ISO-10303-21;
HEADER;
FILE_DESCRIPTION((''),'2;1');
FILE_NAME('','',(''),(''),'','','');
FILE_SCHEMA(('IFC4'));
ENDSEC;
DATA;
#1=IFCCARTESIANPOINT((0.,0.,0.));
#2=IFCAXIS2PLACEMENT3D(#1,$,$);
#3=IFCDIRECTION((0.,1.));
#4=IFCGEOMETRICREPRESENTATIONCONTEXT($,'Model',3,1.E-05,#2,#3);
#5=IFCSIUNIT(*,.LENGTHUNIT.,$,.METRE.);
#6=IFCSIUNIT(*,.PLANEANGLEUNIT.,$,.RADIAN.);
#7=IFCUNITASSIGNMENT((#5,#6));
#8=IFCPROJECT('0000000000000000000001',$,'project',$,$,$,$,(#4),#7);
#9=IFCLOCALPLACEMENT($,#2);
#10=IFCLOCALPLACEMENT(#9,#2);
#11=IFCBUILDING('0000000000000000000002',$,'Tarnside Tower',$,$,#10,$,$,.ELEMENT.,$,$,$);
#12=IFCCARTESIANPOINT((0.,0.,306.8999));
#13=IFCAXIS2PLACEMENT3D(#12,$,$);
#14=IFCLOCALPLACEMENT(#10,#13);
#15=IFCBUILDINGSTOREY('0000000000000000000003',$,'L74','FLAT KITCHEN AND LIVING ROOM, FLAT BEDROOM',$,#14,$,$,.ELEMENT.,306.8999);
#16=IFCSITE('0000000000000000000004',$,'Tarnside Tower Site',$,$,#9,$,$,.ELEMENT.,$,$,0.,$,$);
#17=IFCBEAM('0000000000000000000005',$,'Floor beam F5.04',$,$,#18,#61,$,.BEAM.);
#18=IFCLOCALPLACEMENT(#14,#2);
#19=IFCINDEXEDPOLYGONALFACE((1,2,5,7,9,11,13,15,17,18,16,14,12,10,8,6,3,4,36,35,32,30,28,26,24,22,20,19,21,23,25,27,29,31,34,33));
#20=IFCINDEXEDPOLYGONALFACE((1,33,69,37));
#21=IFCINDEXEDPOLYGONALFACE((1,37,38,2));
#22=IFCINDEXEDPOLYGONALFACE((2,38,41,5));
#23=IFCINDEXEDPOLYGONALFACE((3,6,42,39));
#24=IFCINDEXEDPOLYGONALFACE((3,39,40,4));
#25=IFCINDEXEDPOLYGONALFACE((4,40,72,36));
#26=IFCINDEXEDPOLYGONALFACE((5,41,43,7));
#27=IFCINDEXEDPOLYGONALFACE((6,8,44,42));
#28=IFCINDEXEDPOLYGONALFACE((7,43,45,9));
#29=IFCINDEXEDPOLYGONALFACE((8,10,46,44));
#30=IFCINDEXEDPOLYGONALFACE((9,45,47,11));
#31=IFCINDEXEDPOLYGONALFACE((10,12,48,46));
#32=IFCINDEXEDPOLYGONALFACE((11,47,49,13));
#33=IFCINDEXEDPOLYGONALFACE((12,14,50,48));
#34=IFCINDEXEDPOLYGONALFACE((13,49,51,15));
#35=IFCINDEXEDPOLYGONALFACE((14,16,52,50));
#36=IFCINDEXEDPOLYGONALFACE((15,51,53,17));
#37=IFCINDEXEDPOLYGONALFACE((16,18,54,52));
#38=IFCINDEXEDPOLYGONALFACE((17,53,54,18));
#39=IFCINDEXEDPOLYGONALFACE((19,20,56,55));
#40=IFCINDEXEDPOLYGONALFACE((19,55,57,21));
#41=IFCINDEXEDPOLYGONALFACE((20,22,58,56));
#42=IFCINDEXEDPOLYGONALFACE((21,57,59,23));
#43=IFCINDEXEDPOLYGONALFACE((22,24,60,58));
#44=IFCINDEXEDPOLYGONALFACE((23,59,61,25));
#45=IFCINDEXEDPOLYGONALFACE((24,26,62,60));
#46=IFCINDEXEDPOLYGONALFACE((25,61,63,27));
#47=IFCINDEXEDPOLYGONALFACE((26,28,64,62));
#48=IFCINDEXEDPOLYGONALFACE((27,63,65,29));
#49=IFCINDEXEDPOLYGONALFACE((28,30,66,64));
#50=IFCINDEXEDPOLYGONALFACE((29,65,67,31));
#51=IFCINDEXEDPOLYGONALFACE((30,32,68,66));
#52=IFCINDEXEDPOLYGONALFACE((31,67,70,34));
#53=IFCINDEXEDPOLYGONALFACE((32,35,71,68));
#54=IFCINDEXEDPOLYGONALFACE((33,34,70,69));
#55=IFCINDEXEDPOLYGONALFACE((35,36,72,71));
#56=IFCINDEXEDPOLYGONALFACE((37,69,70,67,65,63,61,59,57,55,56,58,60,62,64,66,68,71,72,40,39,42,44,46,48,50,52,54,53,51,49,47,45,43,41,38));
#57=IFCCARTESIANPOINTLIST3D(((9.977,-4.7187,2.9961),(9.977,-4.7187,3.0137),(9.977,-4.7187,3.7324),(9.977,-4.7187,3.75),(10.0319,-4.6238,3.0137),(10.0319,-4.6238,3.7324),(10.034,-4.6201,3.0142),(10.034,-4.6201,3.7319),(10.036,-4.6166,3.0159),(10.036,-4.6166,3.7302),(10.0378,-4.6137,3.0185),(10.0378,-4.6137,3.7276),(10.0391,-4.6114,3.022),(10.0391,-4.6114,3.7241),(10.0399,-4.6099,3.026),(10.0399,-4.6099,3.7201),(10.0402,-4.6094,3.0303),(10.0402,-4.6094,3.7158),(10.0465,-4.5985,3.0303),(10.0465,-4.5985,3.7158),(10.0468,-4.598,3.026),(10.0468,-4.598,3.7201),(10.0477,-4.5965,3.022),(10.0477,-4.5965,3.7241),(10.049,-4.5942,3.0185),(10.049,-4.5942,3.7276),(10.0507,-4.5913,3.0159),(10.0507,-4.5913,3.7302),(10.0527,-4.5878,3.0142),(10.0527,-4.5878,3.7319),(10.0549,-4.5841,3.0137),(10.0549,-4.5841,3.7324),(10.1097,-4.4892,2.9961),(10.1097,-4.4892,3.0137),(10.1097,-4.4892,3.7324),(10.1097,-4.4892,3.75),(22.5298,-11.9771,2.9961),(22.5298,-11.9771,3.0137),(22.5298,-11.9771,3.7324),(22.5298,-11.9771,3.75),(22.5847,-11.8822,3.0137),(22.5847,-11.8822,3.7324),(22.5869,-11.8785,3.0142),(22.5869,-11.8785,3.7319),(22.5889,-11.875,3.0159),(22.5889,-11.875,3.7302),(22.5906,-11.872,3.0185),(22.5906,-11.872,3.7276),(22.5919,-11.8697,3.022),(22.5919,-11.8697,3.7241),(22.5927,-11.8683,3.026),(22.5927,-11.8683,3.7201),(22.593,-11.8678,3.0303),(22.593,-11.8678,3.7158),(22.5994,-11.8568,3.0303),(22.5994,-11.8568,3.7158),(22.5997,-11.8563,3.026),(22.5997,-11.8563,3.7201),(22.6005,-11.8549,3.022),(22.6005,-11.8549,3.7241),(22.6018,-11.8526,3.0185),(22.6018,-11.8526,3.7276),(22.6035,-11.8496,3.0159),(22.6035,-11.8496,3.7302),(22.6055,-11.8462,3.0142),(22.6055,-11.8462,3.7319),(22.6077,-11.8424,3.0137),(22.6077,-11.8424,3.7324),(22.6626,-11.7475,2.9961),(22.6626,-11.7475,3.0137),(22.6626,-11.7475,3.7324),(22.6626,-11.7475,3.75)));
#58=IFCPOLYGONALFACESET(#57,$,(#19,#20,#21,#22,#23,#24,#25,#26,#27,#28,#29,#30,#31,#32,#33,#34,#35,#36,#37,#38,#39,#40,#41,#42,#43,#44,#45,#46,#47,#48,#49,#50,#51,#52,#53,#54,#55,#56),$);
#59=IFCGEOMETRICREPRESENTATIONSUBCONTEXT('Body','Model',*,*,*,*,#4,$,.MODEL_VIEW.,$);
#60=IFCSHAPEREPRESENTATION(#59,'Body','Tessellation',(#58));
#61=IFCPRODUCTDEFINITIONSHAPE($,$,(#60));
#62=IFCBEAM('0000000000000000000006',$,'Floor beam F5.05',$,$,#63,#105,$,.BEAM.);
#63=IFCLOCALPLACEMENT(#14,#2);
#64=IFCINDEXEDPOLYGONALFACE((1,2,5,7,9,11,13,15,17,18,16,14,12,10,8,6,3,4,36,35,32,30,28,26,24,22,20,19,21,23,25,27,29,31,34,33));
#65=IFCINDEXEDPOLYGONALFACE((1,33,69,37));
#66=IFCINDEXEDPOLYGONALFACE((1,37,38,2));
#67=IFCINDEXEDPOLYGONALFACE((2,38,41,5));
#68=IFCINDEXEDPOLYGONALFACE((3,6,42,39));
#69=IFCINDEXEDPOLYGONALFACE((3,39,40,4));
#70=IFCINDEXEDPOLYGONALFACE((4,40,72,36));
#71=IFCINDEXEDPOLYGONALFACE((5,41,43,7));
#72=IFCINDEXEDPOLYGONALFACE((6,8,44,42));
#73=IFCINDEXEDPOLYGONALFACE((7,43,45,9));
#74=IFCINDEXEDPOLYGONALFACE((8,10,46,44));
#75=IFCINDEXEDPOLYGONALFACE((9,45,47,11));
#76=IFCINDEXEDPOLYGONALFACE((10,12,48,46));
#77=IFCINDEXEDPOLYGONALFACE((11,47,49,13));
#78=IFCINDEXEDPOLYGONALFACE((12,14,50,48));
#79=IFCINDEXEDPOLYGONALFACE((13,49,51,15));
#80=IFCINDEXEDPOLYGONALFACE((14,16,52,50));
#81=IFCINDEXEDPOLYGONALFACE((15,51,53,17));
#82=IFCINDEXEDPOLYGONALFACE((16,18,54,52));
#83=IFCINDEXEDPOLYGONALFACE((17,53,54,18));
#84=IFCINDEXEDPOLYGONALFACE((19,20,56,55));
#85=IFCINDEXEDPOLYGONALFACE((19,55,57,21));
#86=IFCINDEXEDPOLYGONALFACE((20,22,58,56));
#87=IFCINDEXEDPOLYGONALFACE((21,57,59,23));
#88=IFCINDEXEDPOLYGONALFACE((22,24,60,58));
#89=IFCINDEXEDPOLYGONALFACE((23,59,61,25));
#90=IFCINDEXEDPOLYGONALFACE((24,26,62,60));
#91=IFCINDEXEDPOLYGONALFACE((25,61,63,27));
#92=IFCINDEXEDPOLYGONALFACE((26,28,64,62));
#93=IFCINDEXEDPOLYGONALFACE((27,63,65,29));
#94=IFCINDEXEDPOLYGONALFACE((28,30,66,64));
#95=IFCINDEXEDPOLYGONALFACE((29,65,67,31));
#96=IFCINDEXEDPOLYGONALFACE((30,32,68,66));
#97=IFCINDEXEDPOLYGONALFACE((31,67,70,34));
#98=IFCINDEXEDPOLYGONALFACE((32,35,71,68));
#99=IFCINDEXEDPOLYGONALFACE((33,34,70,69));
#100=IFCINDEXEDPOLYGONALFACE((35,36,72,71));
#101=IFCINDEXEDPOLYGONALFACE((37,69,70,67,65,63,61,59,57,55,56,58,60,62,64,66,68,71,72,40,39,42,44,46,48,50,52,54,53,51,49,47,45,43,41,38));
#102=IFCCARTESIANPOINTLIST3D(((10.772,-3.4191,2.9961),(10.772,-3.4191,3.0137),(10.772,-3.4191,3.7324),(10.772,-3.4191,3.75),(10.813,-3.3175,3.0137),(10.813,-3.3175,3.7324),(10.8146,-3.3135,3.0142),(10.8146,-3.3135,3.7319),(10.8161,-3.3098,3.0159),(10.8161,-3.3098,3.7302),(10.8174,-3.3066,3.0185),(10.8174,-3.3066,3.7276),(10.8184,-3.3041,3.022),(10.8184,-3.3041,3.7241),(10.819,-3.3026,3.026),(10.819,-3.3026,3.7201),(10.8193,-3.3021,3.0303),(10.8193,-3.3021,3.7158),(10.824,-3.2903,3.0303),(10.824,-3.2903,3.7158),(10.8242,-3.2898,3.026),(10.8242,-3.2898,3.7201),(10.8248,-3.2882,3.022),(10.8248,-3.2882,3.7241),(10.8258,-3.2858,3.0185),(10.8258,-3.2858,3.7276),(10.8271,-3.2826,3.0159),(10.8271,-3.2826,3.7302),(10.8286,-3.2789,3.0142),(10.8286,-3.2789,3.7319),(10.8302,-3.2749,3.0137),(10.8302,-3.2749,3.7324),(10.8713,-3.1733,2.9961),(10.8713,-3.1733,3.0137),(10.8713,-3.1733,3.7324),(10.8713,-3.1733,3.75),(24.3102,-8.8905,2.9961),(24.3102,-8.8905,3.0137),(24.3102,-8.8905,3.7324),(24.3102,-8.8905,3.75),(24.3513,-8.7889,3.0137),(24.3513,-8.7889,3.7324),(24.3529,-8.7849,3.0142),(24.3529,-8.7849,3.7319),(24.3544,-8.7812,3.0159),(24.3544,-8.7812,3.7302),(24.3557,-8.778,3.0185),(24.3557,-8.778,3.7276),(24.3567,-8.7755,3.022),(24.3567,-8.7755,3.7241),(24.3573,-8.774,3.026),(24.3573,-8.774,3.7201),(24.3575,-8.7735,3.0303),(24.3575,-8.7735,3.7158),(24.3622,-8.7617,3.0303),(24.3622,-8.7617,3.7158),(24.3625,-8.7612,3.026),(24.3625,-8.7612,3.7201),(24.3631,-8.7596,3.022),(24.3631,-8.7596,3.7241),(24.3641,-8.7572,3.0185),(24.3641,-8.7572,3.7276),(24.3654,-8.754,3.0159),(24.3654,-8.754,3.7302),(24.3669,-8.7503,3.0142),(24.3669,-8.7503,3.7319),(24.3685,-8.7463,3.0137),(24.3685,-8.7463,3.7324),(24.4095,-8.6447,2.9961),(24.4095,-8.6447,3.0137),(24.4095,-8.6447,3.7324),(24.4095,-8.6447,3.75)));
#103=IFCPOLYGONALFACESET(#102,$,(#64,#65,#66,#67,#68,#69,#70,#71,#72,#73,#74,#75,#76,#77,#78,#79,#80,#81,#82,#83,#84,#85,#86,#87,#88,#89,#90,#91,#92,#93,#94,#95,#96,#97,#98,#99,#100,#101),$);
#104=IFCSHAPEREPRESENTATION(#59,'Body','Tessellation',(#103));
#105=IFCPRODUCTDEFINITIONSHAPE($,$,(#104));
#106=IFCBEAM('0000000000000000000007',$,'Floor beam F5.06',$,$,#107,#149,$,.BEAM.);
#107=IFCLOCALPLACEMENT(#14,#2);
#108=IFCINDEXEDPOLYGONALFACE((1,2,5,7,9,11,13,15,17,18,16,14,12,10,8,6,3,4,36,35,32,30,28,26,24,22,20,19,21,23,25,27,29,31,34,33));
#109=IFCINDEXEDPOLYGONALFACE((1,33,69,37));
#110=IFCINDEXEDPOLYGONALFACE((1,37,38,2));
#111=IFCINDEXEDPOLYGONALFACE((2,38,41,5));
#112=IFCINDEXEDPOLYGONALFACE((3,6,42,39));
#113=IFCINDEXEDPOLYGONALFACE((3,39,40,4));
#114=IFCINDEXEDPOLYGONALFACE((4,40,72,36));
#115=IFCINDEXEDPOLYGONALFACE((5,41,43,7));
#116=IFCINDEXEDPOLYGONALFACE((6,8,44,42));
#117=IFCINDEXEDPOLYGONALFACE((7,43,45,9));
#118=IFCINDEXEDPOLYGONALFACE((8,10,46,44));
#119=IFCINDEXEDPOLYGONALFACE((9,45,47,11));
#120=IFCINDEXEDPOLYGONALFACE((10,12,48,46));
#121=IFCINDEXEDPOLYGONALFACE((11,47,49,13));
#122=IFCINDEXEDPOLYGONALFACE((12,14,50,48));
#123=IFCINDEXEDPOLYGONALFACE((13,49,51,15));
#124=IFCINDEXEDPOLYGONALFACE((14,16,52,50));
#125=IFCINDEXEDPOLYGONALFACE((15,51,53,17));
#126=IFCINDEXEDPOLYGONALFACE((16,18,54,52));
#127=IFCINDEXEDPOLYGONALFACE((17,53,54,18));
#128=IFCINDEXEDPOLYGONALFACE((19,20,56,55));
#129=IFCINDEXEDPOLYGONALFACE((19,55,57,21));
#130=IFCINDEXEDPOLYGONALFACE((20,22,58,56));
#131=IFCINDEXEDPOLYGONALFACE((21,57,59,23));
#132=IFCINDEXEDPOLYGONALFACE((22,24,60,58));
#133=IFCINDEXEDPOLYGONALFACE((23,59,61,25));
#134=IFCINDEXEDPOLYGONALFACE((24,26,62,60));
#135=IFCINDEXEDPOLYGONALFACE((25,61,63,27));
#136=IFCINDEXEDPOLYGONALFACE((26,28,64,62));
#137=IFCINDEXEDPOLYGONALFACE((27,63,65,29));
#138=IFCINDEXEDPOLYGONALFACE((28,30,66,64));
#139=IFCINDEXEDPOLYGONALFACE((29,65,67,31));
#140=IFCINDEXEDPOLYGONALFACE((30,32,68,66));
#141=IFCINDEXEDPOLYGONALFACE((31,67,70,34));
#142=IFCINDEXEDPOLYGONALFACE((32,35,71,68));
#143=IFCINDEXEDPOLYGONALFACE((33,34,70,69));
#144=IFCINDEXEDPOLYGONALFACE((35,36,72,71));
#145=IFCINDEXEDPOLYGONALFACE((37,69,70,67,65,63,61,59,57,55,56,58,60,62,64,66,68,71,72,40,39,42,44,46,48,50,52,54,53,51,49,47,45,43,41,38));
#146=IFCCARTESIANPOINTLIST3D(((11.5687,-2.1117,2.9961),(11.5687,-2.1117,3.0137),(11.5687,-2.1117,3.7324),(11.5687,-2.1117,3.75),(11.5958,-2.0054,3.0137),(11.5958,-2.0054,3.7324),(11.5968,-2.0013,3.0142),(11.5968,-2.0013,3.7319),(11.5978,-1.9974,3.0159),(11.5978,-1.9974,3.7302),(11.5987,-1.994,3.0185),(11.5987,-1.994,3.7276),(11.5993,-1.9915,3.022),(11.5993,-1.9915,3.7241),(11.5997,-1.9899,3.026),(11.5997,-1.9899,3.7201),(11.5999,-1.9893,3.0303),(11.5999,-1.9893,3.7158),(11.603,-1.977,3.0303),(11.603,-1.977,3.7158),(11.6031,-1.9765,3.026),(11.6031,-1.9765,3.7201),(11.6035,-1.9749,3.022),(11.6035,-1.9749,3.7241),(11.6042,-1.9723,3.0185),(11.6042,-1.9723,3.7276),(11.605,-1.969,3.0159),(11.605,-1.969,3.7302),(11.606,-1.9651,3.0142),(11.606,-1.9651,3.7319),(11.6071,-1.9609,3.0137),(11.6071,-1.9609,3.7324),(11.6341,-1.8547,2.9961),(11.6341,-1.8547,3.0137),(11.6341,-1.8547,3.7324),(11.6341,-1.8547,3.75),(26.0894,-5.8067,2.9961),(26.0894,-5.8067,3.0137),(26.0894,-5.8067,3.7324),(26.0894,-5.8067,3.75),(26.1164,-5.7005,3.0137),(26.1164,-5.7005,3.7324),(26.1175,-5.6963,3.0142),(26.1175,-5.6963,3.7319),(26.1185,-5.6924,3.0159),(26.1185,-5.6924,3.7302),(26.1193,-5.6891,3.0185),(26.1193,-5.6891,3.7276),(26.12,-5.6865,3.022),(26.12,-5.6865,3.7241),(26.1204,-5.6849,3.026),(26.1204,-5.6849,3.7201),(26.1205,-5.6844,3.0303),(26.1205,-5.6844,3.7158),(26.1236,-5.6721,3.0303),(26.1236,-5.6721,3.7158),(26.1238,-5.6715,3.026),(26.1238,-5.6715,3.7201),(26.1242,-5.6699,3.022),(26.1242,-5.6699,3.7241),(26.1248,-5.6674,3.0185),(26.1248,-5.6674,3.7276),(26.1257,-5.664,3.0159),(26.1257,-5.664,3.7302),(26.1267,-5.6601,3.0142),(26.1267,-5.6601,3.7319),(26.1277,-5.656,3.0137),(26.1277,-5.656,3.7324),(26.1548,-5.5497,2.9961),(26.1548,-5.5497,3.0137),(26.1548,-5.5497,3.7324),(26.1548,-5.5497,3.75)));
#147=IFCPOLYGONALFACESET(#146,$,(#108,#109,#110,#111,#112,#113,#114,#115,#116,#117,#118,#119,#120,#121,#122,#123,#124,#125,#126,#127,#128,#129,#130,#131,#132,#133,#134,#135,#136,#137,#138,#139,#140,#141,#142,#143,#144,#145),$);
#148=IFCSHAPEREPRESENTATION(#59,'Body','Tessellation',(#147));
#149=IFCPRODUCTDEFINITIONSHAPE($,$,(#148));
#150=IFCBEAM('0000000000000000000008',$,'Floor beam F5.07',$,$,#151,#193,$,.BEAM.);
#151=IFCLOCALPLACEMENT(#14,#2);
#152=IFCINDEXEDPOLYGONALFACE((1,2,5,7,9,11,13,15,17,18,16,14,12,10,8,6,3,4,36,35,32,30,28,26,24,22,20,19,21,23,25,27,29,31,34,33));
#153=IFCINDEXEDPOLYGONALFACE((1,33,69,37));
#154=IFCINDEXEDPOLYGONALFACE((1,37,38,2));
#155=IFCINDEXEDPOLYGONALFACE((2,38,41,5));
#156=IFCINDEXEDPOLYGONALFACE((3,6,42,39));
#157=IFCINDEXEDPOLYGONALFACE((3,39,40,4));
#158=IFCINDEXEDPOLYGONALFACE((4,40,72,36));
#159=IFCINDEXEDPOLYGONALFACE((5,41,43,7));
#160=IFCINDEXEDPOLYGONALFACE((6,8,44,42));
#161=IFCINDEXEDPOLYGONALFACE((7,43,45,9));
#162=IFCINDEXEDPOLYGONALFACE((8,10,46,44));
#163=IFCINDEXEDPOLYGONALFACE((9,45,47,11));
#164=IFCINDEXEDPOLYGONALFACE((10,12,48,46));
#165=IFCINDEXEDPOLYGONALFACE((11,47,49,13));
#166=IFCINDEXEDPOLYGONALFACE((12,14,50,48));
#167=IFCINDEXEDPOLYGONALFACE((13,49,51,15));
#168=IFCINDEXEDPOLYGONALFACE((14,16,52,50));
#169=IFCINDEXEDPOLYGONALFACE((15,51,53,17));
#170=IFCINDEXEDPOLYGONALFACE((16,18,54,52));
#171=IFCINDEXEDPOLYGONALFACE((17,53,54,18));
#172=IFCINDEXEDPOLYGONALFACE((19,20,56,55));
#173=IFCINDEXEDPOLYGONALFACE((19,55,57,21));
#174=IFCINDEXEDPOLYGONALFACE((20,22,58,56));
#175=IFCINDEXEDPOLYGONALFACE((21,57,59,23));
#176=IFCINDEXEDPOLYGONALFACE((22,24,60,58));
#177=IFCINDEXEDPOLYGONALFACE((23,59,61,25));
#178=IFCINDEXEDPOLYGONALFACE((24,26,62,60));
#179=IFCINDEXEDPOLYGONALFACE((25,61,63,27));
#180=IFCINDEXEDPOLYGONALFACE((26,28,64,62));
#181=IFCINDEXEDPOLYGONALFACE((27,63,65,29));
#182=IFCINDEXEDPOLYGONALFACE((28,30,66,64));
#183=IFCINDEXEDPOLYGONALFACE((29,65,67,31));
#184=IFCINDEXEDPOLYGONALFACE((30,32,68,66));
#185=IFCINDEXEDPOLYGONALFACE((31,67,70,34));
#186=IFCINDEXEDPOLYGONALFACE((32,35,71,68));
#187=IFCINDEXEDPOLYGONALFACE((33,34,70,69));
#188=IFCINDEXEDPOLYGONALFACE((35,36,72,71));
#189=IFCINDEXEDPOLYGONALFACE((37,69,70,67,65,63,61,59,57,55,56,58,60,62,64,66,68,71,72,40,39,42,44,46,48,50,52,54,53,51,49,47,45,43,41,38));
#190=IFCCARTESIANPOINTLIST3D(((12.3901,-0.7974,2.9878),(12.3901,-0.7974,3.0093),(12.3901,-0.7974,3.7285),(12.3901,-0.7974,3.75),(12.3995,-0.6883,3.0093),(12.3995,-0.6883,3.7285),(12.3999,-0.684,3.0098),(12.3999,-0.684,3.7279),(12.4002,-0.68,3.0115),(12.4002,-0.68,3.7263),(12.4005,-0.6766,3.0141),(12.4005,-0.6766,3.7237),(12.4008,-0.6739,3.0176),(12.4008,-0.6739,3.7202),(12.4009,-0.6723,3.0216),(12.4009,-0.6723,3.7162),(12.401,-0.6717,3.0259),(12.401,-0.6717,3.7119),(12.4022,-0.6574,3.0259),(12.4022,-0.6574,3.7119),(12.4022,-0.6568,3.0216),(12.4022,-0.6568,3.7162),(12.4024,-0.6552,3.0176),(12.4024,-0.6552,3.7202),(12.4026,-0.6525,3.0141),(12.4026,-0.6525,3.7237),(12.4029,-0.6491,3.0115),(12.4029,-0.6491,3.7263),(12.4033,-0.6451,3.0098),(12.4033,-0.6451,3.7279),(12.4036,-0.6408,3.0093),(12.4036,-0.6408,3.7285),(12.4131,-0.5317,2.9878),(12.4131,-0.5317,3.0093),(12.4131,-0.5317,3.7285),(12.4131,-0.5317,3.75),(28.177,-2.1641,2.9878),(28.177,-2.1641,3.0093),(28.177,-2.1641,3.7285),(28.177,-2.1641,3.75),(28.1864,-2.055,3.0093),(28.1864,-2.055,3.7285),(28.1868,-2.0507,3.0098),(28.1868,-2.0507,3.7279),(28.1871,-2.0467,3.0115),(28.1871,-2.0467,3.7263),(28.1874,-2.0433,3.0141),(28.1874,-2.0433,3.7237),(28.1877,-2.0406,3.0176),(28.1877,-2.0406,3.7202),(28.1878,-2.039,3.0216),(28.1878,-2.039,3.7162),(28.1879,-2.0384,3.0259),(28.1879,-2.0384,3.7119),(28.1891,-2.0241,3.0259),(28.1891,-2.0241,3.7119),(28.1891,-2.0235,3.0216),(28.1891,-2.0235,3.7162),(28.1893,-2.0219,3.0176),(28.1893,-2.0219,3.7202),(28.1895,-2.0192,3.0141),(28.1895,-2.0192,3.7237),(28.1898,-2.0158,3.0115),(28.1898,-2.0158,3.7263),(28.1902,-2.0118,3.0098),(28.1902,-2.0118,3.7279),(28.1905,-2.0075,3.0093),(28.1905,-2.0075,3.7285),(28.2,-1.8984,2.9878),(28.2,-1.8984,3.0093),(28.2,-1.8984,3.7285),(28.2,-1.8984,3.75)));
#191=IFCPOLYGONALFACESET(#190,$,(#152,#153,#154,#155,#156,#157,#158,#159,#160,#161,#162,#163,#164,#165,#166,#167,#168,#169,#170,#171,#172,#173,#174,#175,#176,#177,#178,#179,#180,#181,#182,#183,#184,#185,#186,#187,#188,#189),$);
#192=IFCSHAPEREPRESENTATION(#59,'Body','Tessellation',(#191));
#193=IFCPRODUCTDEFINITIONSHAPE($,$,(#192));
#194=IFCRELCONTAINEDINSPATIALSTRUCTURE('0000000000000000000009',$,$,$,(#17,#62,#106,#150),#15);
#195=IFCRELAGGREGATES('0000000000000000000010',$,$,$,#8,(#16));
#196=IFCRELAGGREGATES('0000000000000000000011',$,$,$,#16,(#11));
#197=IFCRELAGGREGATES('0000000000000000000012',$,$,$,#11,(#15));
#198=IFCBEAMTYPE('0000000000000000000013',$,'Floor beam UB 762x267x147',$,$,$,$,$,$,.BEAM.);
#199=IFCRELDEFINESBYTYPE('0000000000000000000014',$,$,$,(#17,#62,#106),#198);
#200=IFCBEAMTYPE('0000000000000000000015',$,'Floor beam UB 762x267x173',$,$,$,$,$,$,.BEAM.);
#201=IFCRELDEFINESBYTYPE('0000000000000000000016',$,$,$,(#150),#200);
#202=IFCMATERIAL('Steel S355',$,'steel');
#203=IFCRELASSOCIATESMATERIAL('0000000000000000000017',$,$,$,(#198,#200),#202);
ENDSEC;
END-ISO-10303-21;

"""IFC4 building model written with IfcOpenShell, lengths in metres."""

from ifc_helpers import new_model, si_unit, direction, frame, origin, origin_2d, place, context, subcontext, project, spatial, i_section, extrude, material, material_profile, profile_set, type_object, element, save


model = new_model("IFC4")

# Units and contexts
model_context = context("Model", 3, precision=1e-05, world=origin(), true_north=direction((0.0, 1.0)))
body_context = subcontext(model_context, "Body", "Model", "MODEL_VIEW")
ifc_project = project(units=[si_unit("LENGTHUNIT", "METRE"), si_unit("PLANEANGLEUNIT", "RADIAN")], contexts=[model_context])

# Site, building, storey
site_placement = place(None, origin())
site = spatial("IfcSite", under=ifc_project, at=site_placement, Name="Tarnside Tower Site", CompositionType="ELEMENT", RefElevation=0.0)
building_placement = place(site_placement, origin())
building = spatial("IfcBuilding", under=site, at=building_placement, Name="Tarnside Tower", CompositionType="ELEMENT")
storey_placement = place(building_placement, frame((0.0, 0.0, 306.8999)))
storey = spatial("IfcBuildingStorey", under=building, at=storey_placement, Name="L74", Description="FLAT KITCHEN AND LIVING ROOM, FLAT BEDROOM", CompositionType="ELEMENT", Elevation=306.8999)

# Beams
ifc_material_1 = material(Name="Steel S355", Category="steel")
ifc_material_profile_1 = material_profile(ifc_material_1, i_section(OverallWidth=0.2651, OverallDepth=0.7539, WebThickness=0.0127, FlangeThickness=0.0176, FilletRadius=0.0166, at=origin_2d()), Name="UB 762x267x147")
ifc_profile_set_1 = profile_set([ifc_material_profile_1], Name="Steel S355")
beam_type_1 = type_object("IfcBeamType", Name="Floor beam UB 762x267x147", PredefinedType="BEAM", material=ifc_profile_set_1)
beam_1_placement = place(storey_placement, frame((22.5962, -11.8623, 3.373), z_axis=(-0.865697, 0.500568, 0.0), x_axis=(-0.500568, -0.865697, 0.0)))
element("IfcBeam", 1, at=beam_1_placement, inside=storey, type_object=beam_type_1, Name="Floor beam F5.04", PredefinedType="BEAM", context=body_context, shape_type="SweptSolid", body=[
    extrude(i_section(OverallWidth=0.2651, OverallDepth=0.7539, WebThickness=0.0127, FlangeThickness=0.0176, FilletRadius=0.0166, at=origin_2d()), origin(), (0.0, 0.0, 1.0), 14.5002),
])
beam_2_placement = place(storey_placement, frame((24.3599, -8.7676, 3.373), z_axis=(-0.927146, 0.374701, 0.0), x_axis=(-0.374701, -0.927146, 0.0)))
element("IfcBeam", 2, at=beam_2_placement, inside=storey, type_object=beam_type_1, Name="Floor beam F5.05", PredefinedType="BEAM", context=body_context, shape_type="SweptSolid", body=[
    extrude(i_section(OverallWidth=0.2651, OverallDepth=0.7539, WebThickness=0.0127, FlangeThickness=0.0176, FilletRadius=0.0166, at=origin_2d()), origin(), (0.0, 0.0, 1.0), 14.6021),
])
beam_3_placement = place(storey_placement, frame((26.1221, -5.6782, 3.373), z_axis=(-0.969115, 0.246609, 0.0), x_axis=(-0.246609, -0.969115, 0.0)))
element("IfcBeam", 3, at=beam_3_placement, inside=storey, type_object=beam_type_1, Name="Floor beam F5.06", PredefinedType="BEAM", context=body_context, shape_type="SweptSolid", body=[
    extrude(i_section(OverallWidth=0.2651, OverallDepth=0.7539, WebThickness=0.0127, FlangeThickness=0.0176, FilletRadius=0.0166, at=origin_2d()), origin(), (0.0, 0.0, 1.0), 14.9834),
])
ifc_material_profile_2 = material_profile(ifc_material_1, i_section(OverallWidth=0.2666, OverallDepth=0.7622, WebThickness=0.0144, FlangeThickness=0.0215, FilletRadius=0.0166, at=origin_2d()), Name="UB 762x267x173")
ifc_profile_set_2 = profile_set([ifc_material_profile_2], Name="Steel S355")
beam_type_2 = type_object("IfcBeamType", Name="Floor beam UB 762x267x173", PredefinedType="BEAM", material=ifc_profile_set_2)
beam_4_placement = place(storey_placement, frame((28.1885, -2.0312, 3.3689), z_axis=(-0.996274, 0.086249, 0.0), x_axis=(-0.086249, -0.996274, 0.0)))
element("IfcBeam", 4, at=beam_4_placement, inside=storey, type_object=beam_type_2, Name="Floor beam F5.07", PredefinedType="BEAM", context=body_context, shape_type="SweptSolid", body=[
    extrude(i_section(OverallWidth=0.2666, OverallDepth=0.7622, WebThickness=0.0144, FlangeThickness=0.0215, FilletRadius=0.0166, at=origin_2d()), origin(), (0.0, 0.0, 1.0), 15.8459),
])

save(model, "model.ifc")
